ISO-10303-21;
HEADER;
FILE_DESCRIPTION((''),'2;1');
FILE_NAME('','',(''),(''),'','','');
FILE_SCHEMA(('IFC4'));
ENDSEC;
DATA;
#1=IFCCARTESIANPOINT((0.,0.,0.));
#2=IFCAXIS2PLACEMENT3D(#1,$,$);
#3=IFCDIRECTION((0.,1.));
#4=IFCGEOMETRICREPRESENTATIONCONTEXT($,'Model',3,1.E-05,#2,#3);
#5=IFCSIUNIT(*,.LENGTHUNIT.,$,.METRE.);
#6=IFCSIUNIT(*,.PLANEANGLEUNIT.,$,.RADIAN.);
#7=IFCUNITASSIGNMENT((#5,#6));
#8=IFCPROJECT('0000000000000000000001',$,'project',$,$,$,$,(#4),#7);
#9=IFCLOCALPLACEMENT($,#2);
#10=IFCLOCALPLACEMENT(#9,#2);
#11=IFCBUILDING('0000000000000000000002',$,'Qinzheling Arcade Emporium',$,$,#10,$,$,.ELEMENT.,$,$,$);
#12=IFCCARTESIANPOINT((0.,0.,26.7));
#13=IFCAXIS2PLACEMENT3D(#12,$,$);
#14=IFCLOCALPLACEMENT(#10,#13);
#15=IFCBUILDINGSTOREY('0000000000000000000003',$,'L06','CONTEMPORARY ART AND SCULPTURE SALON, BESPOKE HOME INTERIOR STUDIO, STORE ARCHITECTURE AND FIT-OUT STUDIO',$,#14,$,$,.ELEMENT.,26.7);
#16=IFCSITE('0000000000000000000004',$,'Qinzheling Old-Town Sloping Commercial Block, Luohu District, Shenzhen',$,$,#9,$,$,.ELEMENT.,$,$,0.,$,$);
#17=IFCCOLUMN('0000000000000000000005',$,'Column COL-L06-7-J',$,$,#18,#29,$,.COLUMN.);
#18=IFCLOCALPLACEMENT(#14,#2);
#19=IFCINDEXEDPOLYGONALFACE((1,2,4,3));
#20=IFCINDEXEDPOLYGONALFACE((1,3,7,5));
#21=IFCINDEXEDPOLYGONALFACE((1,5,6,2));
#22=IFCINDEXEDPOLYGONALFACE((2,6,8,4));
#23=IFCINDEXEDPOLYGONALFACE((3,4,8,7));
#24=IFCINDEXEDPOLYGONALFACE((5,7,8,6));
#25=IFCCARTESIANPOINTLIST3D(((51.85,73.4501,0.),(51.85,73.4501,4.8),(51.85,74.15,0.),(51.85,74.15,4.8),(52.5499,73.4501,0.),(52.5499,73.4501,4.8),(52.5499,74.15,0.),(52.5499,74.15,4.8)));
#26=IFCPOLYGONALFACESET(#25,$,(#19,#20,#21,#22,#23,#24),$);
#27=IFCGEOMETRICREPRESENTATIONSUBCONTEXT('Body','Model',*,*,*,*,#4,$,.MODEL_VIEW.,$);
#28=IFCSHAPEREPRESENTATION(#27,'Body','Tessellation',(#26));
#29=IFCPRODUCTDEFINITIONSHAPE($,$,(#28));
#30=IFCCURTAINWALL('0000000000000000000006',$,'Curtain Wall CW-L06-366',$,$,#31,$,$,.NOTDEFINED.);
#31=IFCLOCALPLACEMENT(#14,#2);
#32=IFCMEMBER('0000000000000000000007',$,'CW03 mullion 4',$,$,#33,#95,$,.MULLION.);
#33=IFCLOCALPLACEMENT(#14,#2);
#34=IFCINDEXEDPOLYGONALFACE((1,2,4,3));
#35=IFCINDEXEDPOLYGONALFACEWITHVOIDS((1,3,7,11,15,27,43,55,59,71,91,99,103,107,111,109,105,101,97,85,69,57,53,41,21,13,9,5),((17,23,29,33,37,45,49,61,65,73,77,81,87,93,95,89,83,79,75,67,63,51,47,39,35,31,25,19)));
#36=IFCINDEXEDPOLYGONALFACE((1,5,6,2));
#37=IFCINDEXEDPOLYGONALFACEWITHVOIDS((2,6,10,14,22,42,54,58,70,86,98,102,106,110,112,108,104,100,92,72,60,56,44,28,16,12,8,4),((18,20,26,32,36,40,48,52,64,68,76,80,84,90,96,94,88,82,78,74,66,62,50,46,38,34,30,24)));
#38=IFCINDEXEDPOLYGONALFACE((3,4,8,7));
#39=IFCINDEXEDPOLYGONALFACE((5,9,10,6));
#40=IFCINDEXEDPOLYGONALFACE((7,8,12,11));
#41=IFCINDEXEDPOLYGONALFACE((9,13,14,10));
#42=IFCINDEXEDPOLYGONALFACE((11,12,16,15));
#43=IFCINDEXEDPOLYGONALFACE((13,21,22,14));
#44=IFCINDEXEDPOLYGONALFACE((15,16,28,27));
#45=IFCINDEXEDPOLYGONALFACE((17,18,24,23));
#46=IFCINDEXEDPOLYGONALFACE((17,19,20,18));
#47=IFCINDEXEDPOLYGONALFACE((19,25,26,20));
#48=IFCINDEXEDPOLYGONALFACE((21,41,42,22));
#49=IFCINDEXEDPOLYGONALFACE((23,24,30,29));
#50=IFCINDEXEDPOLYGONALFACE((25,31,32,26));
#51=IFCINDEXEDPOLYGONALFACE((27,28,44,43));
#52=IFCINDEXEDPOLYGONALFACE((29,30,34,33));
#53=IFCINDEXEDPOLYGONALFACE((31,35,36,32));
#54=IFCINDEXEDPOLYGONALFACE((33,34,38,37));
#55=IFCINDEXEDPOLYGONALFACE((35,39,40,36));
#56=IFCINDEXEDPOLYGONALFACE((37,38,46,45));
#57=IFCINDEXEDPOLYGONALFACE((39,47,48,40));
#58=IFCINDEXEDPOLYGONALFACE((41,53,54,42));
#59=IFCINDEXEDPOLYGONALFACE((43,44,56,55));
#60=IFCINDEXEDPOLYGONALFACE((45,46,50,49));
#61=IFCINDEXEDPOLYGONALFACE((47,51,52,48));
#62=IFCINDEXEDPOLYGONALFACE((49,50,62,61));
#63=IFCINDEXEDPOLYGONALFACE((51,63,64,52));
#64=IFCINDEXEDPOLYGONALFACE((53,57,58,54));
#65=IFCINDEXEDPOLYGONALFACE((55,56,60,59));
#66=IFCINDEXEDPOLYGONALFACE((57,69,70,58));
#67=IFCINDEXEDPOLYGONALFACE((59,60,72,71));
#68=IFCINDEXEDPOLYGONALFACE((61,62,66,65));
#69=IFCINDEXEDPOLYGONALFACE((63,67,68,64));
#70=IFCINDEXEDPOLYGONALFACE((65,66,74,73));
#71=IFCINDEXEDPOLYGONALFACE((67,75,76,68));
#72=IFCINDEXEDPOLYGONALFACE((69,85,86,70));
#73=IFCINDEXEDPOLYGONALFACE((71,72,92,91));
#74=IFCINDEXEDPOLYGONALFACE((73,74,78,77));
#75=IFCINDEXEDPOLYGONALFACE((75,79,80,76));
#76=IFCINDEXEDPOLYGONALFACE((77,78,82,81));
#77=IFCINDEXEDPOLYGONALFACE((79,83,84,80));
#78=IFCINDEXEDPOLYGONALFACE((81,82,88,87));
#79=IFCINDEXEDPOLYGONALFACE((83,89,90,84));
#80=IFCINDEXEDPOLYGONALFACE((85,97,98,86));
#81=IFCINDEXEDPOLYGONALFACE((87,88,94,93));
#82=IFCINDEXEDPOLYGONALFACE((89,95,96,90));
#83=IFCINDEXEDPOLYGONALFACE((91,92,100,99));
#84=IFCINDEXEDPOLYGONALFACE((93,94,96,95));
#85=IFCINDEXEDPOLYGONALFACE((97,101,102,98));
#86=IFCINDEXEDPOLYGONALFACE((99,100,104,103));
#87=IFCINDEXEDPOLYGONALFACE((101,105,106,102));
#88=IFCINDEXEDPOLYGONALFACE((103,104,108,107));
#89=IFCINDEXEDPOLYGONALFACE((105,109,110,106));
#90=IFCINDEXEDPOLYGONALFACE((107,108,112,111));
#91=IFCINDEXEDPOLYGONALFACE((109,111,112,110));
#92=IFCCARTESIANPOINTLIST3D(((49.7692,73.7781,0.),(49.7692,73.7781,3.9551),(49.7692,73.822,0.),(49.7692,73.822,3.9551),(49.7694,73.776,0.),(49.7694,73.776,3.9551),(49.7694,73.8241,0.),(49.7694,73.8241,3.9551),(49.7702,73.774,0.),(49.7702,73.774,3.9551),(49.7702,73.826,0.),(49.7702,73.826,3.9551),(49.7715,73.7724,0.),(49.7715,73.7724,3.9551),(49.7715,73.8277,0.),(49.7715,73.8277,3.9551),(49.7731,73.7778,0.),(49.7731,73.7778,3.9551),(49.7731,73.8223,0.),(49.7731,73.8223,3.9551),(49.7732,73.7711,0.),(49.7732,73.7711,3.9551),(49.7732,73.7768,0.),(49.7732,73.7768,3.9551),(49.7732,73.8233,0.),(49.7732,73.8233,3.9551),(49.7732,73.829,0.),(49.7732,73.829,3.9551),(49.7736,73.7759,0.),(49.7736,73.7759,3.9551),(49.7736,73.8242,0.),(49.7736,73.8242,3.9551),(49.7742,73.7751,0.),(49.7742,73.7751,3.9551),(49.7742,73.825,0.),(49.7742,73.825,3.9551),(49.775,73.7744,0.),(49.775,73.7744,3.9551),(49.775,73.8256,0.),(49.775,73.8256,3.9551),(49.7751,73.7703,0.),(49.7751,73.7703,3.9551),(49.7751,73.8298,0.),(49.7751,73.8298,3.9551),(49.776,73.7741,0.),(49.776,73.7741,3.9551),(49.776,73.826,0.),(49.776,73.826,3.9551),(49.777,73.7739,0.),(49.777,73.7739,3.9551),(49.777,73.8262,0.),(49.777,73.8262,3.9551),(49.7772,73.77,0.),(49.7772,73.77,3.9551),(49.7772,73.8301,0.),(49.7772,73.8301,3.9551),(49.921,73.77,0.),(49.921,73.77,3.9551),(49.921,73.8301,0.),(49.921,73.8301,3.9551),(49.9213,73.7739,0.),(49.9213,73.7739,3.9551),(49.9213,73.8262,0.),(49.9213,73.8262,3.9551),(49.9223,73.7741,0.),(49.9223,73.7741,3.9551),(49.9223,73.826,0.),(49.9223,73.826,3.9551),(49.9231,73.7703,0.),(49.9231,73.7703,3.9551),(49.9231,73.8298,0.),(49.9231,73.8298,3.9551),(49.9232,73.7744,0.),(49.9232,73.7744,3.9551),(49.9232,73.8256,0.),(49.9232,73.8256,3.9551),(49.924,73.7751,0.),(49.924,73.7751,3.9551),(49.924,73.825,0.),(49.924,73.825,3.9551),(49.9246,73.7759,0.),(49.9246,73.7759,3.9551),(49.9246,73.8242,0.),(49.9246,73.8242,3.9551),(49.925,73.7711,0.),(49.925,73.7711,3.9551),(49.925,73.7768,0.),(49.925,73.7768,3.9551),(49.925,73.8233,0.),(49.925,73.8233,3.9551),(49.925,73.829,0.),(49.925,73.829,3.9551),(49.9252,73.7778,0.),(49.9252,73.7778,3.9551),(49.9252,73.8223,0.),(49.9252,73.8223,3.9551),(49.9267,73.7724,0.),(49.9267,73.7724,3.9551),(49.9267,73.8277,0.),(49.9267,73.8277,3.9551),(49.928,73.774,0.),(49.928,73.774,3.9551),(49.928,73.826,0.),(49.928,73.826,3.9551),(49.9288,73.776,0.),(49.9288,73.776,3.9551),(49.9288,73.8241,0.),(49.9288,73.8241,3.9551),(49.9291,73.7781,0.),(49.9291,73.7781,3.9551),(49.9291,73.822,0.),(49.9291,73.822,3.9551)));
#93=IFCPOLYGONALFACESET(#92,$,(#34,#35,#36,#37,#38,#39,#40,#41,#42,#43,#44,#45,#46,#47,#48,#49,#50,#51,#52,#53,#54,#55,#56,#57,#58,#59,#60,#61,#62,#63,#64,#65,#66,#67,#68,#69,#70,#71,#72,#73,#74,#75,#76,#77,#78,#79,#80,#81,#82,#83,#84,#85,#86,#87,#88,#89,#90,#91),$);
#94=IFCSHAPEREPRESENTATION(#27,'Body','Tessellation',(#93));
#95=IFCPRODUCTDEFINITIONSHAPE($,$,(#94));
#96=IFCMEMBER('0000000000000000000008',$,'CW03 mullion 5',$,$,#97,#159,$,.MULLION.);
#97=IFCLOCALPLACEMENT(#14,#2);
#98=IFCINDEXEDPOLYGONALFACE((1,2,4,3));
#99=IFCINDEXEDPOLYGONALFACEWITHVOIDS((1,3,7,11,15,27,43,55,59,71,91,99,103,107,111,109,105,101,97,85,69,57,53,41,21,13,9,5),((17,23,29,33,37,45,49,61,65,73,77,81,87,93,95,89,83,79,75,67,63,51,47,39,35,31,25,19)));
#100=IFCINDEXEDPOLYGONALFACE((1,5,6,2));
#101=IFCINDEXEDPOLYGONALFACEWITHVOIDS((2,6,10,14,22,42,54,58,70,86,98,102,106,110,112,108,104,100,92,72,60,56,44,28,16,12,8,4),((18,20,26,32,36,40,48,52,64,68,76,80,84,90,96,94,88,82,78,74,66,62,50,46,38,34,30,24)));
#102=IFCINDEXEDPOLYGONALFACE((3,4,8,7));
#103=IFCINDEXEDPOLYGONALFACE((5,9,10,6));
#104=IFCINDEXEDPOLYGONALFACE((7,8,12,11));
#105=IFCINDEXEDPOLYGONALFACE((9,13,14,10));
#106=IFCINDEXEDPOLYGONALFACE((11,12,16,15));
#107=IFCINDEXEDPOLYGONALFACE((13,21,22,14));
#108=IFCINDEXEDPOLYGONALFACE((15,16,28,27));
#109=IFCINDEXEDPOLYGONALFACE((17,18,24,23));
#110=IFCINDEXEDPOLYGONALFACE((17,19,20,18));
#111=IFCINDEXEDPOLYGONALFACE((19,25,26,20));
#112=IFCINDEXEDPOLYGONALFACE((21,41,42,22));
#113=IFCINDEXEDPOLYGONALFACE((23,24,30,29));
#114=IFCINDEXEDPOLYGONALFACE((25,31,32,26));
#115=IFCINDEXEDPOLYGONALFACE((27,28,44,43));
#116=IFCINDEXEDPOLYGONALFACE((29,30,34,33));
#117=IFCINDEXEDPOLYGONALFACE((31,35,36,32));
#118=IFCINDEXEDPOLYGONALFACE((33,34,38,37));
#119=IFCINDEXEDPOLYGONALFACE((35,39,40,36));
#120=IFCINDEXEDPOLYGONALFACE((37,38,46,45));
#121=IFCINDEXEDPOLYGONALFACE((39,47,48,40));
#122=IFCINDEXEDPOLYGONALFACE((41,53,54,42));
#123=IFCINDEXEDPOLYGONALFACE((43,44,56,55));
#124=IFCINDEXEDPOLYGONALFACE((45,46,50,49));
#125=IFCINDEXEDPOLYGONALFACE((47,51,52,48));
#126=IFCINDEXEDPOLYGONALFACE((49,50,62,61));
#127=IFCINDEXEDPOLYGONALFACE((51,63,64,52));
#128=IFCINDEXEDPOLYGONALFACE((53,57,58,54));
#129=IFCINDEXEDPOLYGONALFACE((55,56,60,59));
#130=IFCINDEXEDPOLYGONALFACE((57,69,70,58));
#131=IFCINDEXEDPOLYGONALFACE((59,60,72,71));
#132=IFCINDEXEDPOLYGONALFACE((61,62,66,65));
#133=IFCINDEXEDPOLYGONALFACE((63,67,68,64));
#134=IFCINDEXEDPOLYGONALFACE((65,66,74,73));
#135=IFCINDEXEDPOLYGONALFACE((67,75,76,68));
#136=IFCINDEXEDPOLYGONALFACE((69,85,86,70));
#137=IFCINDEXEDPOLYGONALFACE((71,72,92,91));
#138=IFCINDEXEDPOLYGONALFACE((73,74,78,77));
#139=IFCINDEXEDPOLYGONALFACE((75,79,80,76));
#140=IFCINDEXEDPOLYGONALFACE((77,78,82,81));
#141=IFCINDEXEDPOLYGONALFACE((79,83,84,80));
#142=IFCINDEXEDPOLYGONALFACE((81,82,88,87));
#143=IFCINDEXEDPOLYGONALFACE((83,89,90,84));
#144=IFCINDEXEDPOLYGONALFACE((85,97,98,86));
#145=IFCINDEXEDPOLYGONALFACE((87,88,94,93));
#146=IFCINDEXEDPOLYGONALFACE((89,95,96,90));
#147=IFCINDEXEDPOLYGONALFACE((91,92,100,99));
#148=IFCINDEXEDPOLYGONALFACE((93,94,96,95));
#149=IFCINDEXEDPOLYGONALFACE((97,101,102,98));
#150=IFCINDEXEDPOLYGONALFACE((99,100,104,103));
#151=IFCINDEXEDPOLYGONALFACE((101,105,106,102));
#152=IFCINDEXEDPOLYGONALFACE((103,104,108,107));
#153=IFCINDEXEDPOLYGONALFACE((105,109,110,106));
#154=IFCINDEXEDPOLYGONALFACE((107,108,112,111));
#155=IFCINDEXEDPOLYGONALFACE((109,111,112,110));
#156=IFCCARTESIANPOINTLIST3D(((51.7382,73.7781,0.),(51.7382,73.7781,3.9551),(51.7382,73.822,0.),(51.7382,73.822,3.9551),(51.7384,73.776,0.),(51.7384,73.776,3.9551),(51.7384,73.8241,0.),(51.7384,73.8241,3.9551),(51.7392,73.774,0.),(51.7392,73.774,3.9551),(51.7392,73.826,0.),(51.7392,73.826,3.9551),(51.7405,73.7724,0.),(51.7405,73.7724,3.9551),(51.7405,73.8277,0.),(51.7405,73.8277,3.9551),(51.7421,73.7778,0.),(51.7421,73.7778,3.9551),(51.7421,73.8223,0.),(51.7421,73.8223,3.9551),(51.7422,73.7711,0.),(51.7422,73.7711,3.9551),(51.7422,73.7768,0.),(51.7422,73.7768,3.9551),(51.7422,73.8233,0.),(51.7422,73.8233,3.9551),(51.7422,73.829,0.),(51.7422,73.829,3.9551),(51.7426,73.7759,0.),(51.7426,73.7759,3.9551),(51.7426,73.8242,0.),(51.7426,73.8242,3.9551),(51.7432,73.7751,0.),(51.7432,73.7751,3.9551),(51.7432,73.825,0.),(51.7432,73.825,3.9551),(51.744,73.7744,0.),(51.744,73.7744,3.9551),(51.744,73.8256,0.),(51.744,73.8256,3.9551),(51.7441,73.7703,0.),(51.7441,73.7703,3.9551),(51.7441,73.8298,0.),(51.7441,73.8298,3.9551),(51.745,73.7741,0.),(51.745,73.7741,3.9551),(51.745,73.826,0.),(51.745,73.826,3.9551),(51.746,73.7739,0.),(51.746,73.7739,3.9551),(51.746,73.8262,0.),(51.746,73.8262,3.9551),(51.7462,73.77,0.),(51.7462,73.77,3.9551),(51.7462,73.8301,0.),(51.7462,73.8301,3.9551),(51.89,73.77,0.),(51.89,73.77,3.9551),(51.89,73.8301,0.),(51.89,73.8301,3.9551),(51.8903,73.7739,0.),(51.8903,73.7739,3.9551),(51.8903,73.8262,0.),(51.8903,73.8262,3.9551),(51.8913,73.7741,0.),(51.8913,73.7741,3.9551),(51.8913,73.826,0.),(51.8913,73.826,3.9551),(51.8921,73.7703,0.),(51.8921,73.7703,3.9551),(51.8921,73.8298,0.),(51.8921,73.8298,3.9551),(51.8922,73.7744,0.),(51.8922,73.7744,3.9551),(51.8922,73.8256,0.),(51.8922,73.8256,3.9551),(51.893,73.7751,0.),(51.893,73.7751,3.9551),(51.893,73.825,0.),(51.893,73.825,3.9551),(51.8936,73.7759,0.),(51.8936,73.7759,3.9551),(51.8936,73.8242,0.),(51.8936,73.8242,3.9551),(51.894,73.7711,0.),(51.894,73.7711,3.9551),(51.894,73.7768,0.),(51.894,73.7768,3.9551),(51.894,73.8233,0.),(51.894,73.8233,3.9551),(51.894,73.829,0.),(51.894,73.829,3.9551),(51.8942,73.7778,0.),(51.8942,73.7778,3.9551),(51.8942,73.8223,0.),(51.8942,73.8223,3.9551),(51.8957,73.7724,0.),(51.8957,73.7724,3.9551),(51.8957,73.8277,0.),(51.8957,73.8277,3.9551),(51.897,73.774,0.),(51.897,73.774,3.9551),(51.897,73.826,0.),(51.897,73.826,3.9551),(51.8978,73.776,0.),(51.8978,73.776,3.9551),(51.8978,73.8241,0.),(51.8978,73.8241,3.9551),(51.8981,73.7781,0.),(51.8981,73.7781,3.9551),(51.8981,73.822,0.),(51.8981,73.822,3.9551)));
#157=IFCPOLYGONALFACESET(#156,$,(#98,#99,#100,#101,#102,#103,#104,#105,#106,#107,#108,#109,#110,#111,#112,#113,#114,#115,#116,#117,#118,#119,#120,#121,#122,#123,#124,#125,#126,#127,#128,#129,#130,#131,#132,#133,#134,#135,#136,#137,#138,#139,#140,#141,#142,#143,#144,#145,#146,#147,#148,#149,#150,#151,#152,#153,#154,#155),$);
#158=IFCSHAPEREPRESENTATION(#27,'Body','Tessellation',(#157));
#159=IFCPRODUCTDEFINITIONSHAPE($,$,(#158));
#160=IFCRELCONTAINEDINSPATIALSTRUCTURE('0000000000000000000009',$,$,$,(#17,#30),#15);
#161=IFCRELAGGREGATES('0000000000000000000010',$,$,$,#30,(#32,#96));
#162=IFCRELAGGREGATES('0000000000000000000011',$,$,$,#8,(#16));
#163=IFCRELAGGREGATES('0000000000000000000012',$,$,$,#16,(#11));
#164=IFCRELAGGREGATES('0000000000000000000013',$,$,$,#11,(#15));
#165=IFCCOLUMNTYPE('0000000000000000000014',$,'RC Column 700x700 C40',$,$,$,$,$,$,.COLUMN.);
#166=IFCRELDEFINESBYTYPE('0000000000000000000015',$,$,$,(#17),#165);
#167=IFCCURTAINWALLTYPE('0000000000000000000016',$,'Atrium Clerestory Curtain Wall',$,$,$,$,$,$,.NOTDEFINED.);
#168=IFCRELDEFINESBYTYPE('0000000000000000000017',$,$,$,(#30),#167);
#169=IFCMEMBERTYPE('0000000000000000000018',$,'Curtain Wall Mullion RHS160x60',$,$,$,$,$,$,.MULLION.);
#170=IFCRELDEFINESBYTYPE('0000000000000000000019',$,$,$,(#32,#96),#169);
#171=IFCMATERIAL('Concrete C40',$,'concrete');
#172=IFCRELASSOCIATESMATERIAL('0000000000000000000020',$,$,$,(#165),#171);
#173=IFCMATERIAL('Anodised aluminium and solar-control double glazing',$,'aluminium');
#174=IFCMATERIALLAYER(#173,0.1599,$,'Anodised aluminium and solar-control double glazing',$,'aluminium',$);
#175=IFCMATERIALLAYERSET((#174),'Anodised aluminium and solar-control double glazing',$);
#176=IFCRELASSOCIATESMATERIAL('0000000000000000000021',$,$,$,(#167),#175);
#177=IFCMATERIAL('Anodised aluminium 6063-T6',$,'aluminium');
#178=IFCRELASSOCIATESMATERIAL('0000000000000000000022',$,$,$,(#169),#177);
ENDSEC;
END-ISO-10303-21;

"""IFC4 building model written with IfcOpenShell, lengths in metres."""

from ifc_helpers import new_model, si_unit, direction, frame, origin, origin_2d, place, context, subcontext, project, spatial, rectangle, hollow_rectangle, extrude, material, layer, layer_set, material_profile, profile_set, type_object, element, aggregate, save


model = new_model("IFC4")

# Units and contexts
model_context = context("Model", 3, precision=1e-05, world=origin(), true_north=direction((0.0, 1.0)))
body_context = subcontext(model_context, "Body", "Model", "MODEL_VIEW")
ifc_project = project(units=[si_unit("LENGTHUNIT", "METRE"), si_unit("PLANEANGLEUNIT", "RADIAN")], contexts=[model_context])

# Site, building, storey
site_placement = place(None, origin())
site = spatial("IfcSite", under=ifc_project, at=site_placement, Name="Qinzheling Old-Town Sloping Commercial Block, Luohu District, Shenzhen", CompositionType="ELEMENT", RefElevation=0.0)
building_placement = place(site_placement, origin())
building = spatial("IfcBuilding", under=site, at=building_placement, Name="Qinzheling Arcade Emporium", CompositionType="ELEMENT")
storey_placement = place(building_placement, frame((0.0, 0.0, 26.7)))
storey = spatial("IfcBuildingStorey", under=building, at=storey_placement, Name="L06", Description="CONTEMPORARY ART AND SCULPTURE SALON, BESPOKE HOME INTERIOR STUDIO, STORE ARCHITECTURE AND FIT-OUT STUDIO", CompositionType="ELEMENT", Elevation=26.7)

# Column
ifc_material_1 = material(Name="Concrete C40", Category="concrete")
ifc_material_profile_1 = material_profile(ifc_material_1, rectangle(XDim=0.7, YDim=0.7, at=origin_2d()), Name="RC 700x700", Category="concrete")
ifc_profile_set_1 = profile_set([ifc_material_profile_1], Name="Concrete C40")
column_type = type_object("IfcColumnType", Name="RC Column 700x700 C40", PredefinedType="COLUMN", material=ifc_profile_set_1)
column_placement = place(storey_placement, frame((52.2, 73.8, 0.0), z_axis=(0.0, 0.0, 1.0), x_axis=(1.0, 0.0, 0.0)))
element("IfcColumn", 1, at=column_placement, inside=storey, type_object=column_type, Name="Column COL-L06-7-J", PredefinedType="COLUMN", context=body_context, shape_type="SweptSolid", body=[
    extrude(rectangle(XDim=0.7, YDim=0.7, at=origin_2d()), origin(), (0.0, 0.0, 1.0), 4.8),
])

# Curtain wall, members
ifc_material_2 = material(Name="Anodised aluminium and solar-control double glazing", Category="aluminium")
ifc_layer_1 = layer(ifc_material_2, 0.1599, Name="Anodised aluminium and solar-control double glazing", Category="aluminium")
ifc_layer_set_1 = layer_set([ifc_layer_1], Name="Anodised aluminium and solar-control double glazing")
curtain_wall_type = type_object("IfcCurtainWallType", Name="Atrium Clerestory Curtain Wall", PredefinedType="NOTDEFINED", material=ifc_layer_set_1)
curtain_wall_1_placement = place(storey_placement, origin())
curtain_wall_1 = element("IfcCurtainWall", 2, at=curtain_wall_1_placement, inside=storey, type_object=curtain_wall_type, Name="Curtain Wall CW-L06-366", PredefinedType="NOTDEFINED")
ifc_material_3 = material(Name="Anodised aluminium 6063-T6", Category="aluminium")
ifc_material_profile_2 = material_profile(ifc_material_3, hollow_rectangle(XDim=0.0601, YDim=0.1599, WallThickness=0.0039, InnerFilletRadius=0.0039, OuterFilletRadius=0.0081, at=origin_2d()), Name="RHS 160x60x4", Category="aluminium")
ifc_profile_set_2 = profile_set([ifc_material_profile_2], Name="Anodised aluminium 6063-T6")
member_type_1 = type_object("IfcMemberType", Name="Curtain Wall Mullion RHS160x60", PredefinedType="MULLION", material=ifc_profile_set_2)
member_1_placement = place(storey_placement, frame((49.8491, 73.8, 0.0), z_axis=(0.0, 0.0, 1.0), x_axis=(0.0, 1.0, 0.0)))
member_1 = element("IfcMember", 3, at=member_1_placement, type_object=member_type_1, Name="CW03 mullion 4", PredefinedType="MULLION", context=body_context, shape_type="SweptSolid", body=[
    extrude(hollow_rectangle(XDim=0.0601, YDim=0.1599, WallThickness=0.0039, InnerFilletRadius=0.0039, OuterFilletRadius=0.0081, at=origin_2d()), origin(), (0.0, 0.0, 1.0), 3.9551),
])
member_2_placement = place(storey_placement, frame((51.8181, 73.8, 0.0), z_axis=(0.0, 0.0, 1.0), x_axis=(0.0, 1.0, 0.0)))
member_2 = element("IfcMember", 4, at=member_2_placement, type_object=member_type_1, Name="CW03 mullion 5", PredefinedType="MULLION", context=body_context, shape_type="SweptSolid", body=[
    extrude(hollow_rectangle(XDim=0.0601, YDim=0.1599, WallThickness=0.0039, InnerFilletRadius=0.0039, OuterFilletRadius=0.0081, at=origin_2d()), origin(), (0.0, 0.0, 1.0), 3.9551),
])

aggregate(curtain_wall_1, [member_1, member_2])

save(model, "model.ifc")
